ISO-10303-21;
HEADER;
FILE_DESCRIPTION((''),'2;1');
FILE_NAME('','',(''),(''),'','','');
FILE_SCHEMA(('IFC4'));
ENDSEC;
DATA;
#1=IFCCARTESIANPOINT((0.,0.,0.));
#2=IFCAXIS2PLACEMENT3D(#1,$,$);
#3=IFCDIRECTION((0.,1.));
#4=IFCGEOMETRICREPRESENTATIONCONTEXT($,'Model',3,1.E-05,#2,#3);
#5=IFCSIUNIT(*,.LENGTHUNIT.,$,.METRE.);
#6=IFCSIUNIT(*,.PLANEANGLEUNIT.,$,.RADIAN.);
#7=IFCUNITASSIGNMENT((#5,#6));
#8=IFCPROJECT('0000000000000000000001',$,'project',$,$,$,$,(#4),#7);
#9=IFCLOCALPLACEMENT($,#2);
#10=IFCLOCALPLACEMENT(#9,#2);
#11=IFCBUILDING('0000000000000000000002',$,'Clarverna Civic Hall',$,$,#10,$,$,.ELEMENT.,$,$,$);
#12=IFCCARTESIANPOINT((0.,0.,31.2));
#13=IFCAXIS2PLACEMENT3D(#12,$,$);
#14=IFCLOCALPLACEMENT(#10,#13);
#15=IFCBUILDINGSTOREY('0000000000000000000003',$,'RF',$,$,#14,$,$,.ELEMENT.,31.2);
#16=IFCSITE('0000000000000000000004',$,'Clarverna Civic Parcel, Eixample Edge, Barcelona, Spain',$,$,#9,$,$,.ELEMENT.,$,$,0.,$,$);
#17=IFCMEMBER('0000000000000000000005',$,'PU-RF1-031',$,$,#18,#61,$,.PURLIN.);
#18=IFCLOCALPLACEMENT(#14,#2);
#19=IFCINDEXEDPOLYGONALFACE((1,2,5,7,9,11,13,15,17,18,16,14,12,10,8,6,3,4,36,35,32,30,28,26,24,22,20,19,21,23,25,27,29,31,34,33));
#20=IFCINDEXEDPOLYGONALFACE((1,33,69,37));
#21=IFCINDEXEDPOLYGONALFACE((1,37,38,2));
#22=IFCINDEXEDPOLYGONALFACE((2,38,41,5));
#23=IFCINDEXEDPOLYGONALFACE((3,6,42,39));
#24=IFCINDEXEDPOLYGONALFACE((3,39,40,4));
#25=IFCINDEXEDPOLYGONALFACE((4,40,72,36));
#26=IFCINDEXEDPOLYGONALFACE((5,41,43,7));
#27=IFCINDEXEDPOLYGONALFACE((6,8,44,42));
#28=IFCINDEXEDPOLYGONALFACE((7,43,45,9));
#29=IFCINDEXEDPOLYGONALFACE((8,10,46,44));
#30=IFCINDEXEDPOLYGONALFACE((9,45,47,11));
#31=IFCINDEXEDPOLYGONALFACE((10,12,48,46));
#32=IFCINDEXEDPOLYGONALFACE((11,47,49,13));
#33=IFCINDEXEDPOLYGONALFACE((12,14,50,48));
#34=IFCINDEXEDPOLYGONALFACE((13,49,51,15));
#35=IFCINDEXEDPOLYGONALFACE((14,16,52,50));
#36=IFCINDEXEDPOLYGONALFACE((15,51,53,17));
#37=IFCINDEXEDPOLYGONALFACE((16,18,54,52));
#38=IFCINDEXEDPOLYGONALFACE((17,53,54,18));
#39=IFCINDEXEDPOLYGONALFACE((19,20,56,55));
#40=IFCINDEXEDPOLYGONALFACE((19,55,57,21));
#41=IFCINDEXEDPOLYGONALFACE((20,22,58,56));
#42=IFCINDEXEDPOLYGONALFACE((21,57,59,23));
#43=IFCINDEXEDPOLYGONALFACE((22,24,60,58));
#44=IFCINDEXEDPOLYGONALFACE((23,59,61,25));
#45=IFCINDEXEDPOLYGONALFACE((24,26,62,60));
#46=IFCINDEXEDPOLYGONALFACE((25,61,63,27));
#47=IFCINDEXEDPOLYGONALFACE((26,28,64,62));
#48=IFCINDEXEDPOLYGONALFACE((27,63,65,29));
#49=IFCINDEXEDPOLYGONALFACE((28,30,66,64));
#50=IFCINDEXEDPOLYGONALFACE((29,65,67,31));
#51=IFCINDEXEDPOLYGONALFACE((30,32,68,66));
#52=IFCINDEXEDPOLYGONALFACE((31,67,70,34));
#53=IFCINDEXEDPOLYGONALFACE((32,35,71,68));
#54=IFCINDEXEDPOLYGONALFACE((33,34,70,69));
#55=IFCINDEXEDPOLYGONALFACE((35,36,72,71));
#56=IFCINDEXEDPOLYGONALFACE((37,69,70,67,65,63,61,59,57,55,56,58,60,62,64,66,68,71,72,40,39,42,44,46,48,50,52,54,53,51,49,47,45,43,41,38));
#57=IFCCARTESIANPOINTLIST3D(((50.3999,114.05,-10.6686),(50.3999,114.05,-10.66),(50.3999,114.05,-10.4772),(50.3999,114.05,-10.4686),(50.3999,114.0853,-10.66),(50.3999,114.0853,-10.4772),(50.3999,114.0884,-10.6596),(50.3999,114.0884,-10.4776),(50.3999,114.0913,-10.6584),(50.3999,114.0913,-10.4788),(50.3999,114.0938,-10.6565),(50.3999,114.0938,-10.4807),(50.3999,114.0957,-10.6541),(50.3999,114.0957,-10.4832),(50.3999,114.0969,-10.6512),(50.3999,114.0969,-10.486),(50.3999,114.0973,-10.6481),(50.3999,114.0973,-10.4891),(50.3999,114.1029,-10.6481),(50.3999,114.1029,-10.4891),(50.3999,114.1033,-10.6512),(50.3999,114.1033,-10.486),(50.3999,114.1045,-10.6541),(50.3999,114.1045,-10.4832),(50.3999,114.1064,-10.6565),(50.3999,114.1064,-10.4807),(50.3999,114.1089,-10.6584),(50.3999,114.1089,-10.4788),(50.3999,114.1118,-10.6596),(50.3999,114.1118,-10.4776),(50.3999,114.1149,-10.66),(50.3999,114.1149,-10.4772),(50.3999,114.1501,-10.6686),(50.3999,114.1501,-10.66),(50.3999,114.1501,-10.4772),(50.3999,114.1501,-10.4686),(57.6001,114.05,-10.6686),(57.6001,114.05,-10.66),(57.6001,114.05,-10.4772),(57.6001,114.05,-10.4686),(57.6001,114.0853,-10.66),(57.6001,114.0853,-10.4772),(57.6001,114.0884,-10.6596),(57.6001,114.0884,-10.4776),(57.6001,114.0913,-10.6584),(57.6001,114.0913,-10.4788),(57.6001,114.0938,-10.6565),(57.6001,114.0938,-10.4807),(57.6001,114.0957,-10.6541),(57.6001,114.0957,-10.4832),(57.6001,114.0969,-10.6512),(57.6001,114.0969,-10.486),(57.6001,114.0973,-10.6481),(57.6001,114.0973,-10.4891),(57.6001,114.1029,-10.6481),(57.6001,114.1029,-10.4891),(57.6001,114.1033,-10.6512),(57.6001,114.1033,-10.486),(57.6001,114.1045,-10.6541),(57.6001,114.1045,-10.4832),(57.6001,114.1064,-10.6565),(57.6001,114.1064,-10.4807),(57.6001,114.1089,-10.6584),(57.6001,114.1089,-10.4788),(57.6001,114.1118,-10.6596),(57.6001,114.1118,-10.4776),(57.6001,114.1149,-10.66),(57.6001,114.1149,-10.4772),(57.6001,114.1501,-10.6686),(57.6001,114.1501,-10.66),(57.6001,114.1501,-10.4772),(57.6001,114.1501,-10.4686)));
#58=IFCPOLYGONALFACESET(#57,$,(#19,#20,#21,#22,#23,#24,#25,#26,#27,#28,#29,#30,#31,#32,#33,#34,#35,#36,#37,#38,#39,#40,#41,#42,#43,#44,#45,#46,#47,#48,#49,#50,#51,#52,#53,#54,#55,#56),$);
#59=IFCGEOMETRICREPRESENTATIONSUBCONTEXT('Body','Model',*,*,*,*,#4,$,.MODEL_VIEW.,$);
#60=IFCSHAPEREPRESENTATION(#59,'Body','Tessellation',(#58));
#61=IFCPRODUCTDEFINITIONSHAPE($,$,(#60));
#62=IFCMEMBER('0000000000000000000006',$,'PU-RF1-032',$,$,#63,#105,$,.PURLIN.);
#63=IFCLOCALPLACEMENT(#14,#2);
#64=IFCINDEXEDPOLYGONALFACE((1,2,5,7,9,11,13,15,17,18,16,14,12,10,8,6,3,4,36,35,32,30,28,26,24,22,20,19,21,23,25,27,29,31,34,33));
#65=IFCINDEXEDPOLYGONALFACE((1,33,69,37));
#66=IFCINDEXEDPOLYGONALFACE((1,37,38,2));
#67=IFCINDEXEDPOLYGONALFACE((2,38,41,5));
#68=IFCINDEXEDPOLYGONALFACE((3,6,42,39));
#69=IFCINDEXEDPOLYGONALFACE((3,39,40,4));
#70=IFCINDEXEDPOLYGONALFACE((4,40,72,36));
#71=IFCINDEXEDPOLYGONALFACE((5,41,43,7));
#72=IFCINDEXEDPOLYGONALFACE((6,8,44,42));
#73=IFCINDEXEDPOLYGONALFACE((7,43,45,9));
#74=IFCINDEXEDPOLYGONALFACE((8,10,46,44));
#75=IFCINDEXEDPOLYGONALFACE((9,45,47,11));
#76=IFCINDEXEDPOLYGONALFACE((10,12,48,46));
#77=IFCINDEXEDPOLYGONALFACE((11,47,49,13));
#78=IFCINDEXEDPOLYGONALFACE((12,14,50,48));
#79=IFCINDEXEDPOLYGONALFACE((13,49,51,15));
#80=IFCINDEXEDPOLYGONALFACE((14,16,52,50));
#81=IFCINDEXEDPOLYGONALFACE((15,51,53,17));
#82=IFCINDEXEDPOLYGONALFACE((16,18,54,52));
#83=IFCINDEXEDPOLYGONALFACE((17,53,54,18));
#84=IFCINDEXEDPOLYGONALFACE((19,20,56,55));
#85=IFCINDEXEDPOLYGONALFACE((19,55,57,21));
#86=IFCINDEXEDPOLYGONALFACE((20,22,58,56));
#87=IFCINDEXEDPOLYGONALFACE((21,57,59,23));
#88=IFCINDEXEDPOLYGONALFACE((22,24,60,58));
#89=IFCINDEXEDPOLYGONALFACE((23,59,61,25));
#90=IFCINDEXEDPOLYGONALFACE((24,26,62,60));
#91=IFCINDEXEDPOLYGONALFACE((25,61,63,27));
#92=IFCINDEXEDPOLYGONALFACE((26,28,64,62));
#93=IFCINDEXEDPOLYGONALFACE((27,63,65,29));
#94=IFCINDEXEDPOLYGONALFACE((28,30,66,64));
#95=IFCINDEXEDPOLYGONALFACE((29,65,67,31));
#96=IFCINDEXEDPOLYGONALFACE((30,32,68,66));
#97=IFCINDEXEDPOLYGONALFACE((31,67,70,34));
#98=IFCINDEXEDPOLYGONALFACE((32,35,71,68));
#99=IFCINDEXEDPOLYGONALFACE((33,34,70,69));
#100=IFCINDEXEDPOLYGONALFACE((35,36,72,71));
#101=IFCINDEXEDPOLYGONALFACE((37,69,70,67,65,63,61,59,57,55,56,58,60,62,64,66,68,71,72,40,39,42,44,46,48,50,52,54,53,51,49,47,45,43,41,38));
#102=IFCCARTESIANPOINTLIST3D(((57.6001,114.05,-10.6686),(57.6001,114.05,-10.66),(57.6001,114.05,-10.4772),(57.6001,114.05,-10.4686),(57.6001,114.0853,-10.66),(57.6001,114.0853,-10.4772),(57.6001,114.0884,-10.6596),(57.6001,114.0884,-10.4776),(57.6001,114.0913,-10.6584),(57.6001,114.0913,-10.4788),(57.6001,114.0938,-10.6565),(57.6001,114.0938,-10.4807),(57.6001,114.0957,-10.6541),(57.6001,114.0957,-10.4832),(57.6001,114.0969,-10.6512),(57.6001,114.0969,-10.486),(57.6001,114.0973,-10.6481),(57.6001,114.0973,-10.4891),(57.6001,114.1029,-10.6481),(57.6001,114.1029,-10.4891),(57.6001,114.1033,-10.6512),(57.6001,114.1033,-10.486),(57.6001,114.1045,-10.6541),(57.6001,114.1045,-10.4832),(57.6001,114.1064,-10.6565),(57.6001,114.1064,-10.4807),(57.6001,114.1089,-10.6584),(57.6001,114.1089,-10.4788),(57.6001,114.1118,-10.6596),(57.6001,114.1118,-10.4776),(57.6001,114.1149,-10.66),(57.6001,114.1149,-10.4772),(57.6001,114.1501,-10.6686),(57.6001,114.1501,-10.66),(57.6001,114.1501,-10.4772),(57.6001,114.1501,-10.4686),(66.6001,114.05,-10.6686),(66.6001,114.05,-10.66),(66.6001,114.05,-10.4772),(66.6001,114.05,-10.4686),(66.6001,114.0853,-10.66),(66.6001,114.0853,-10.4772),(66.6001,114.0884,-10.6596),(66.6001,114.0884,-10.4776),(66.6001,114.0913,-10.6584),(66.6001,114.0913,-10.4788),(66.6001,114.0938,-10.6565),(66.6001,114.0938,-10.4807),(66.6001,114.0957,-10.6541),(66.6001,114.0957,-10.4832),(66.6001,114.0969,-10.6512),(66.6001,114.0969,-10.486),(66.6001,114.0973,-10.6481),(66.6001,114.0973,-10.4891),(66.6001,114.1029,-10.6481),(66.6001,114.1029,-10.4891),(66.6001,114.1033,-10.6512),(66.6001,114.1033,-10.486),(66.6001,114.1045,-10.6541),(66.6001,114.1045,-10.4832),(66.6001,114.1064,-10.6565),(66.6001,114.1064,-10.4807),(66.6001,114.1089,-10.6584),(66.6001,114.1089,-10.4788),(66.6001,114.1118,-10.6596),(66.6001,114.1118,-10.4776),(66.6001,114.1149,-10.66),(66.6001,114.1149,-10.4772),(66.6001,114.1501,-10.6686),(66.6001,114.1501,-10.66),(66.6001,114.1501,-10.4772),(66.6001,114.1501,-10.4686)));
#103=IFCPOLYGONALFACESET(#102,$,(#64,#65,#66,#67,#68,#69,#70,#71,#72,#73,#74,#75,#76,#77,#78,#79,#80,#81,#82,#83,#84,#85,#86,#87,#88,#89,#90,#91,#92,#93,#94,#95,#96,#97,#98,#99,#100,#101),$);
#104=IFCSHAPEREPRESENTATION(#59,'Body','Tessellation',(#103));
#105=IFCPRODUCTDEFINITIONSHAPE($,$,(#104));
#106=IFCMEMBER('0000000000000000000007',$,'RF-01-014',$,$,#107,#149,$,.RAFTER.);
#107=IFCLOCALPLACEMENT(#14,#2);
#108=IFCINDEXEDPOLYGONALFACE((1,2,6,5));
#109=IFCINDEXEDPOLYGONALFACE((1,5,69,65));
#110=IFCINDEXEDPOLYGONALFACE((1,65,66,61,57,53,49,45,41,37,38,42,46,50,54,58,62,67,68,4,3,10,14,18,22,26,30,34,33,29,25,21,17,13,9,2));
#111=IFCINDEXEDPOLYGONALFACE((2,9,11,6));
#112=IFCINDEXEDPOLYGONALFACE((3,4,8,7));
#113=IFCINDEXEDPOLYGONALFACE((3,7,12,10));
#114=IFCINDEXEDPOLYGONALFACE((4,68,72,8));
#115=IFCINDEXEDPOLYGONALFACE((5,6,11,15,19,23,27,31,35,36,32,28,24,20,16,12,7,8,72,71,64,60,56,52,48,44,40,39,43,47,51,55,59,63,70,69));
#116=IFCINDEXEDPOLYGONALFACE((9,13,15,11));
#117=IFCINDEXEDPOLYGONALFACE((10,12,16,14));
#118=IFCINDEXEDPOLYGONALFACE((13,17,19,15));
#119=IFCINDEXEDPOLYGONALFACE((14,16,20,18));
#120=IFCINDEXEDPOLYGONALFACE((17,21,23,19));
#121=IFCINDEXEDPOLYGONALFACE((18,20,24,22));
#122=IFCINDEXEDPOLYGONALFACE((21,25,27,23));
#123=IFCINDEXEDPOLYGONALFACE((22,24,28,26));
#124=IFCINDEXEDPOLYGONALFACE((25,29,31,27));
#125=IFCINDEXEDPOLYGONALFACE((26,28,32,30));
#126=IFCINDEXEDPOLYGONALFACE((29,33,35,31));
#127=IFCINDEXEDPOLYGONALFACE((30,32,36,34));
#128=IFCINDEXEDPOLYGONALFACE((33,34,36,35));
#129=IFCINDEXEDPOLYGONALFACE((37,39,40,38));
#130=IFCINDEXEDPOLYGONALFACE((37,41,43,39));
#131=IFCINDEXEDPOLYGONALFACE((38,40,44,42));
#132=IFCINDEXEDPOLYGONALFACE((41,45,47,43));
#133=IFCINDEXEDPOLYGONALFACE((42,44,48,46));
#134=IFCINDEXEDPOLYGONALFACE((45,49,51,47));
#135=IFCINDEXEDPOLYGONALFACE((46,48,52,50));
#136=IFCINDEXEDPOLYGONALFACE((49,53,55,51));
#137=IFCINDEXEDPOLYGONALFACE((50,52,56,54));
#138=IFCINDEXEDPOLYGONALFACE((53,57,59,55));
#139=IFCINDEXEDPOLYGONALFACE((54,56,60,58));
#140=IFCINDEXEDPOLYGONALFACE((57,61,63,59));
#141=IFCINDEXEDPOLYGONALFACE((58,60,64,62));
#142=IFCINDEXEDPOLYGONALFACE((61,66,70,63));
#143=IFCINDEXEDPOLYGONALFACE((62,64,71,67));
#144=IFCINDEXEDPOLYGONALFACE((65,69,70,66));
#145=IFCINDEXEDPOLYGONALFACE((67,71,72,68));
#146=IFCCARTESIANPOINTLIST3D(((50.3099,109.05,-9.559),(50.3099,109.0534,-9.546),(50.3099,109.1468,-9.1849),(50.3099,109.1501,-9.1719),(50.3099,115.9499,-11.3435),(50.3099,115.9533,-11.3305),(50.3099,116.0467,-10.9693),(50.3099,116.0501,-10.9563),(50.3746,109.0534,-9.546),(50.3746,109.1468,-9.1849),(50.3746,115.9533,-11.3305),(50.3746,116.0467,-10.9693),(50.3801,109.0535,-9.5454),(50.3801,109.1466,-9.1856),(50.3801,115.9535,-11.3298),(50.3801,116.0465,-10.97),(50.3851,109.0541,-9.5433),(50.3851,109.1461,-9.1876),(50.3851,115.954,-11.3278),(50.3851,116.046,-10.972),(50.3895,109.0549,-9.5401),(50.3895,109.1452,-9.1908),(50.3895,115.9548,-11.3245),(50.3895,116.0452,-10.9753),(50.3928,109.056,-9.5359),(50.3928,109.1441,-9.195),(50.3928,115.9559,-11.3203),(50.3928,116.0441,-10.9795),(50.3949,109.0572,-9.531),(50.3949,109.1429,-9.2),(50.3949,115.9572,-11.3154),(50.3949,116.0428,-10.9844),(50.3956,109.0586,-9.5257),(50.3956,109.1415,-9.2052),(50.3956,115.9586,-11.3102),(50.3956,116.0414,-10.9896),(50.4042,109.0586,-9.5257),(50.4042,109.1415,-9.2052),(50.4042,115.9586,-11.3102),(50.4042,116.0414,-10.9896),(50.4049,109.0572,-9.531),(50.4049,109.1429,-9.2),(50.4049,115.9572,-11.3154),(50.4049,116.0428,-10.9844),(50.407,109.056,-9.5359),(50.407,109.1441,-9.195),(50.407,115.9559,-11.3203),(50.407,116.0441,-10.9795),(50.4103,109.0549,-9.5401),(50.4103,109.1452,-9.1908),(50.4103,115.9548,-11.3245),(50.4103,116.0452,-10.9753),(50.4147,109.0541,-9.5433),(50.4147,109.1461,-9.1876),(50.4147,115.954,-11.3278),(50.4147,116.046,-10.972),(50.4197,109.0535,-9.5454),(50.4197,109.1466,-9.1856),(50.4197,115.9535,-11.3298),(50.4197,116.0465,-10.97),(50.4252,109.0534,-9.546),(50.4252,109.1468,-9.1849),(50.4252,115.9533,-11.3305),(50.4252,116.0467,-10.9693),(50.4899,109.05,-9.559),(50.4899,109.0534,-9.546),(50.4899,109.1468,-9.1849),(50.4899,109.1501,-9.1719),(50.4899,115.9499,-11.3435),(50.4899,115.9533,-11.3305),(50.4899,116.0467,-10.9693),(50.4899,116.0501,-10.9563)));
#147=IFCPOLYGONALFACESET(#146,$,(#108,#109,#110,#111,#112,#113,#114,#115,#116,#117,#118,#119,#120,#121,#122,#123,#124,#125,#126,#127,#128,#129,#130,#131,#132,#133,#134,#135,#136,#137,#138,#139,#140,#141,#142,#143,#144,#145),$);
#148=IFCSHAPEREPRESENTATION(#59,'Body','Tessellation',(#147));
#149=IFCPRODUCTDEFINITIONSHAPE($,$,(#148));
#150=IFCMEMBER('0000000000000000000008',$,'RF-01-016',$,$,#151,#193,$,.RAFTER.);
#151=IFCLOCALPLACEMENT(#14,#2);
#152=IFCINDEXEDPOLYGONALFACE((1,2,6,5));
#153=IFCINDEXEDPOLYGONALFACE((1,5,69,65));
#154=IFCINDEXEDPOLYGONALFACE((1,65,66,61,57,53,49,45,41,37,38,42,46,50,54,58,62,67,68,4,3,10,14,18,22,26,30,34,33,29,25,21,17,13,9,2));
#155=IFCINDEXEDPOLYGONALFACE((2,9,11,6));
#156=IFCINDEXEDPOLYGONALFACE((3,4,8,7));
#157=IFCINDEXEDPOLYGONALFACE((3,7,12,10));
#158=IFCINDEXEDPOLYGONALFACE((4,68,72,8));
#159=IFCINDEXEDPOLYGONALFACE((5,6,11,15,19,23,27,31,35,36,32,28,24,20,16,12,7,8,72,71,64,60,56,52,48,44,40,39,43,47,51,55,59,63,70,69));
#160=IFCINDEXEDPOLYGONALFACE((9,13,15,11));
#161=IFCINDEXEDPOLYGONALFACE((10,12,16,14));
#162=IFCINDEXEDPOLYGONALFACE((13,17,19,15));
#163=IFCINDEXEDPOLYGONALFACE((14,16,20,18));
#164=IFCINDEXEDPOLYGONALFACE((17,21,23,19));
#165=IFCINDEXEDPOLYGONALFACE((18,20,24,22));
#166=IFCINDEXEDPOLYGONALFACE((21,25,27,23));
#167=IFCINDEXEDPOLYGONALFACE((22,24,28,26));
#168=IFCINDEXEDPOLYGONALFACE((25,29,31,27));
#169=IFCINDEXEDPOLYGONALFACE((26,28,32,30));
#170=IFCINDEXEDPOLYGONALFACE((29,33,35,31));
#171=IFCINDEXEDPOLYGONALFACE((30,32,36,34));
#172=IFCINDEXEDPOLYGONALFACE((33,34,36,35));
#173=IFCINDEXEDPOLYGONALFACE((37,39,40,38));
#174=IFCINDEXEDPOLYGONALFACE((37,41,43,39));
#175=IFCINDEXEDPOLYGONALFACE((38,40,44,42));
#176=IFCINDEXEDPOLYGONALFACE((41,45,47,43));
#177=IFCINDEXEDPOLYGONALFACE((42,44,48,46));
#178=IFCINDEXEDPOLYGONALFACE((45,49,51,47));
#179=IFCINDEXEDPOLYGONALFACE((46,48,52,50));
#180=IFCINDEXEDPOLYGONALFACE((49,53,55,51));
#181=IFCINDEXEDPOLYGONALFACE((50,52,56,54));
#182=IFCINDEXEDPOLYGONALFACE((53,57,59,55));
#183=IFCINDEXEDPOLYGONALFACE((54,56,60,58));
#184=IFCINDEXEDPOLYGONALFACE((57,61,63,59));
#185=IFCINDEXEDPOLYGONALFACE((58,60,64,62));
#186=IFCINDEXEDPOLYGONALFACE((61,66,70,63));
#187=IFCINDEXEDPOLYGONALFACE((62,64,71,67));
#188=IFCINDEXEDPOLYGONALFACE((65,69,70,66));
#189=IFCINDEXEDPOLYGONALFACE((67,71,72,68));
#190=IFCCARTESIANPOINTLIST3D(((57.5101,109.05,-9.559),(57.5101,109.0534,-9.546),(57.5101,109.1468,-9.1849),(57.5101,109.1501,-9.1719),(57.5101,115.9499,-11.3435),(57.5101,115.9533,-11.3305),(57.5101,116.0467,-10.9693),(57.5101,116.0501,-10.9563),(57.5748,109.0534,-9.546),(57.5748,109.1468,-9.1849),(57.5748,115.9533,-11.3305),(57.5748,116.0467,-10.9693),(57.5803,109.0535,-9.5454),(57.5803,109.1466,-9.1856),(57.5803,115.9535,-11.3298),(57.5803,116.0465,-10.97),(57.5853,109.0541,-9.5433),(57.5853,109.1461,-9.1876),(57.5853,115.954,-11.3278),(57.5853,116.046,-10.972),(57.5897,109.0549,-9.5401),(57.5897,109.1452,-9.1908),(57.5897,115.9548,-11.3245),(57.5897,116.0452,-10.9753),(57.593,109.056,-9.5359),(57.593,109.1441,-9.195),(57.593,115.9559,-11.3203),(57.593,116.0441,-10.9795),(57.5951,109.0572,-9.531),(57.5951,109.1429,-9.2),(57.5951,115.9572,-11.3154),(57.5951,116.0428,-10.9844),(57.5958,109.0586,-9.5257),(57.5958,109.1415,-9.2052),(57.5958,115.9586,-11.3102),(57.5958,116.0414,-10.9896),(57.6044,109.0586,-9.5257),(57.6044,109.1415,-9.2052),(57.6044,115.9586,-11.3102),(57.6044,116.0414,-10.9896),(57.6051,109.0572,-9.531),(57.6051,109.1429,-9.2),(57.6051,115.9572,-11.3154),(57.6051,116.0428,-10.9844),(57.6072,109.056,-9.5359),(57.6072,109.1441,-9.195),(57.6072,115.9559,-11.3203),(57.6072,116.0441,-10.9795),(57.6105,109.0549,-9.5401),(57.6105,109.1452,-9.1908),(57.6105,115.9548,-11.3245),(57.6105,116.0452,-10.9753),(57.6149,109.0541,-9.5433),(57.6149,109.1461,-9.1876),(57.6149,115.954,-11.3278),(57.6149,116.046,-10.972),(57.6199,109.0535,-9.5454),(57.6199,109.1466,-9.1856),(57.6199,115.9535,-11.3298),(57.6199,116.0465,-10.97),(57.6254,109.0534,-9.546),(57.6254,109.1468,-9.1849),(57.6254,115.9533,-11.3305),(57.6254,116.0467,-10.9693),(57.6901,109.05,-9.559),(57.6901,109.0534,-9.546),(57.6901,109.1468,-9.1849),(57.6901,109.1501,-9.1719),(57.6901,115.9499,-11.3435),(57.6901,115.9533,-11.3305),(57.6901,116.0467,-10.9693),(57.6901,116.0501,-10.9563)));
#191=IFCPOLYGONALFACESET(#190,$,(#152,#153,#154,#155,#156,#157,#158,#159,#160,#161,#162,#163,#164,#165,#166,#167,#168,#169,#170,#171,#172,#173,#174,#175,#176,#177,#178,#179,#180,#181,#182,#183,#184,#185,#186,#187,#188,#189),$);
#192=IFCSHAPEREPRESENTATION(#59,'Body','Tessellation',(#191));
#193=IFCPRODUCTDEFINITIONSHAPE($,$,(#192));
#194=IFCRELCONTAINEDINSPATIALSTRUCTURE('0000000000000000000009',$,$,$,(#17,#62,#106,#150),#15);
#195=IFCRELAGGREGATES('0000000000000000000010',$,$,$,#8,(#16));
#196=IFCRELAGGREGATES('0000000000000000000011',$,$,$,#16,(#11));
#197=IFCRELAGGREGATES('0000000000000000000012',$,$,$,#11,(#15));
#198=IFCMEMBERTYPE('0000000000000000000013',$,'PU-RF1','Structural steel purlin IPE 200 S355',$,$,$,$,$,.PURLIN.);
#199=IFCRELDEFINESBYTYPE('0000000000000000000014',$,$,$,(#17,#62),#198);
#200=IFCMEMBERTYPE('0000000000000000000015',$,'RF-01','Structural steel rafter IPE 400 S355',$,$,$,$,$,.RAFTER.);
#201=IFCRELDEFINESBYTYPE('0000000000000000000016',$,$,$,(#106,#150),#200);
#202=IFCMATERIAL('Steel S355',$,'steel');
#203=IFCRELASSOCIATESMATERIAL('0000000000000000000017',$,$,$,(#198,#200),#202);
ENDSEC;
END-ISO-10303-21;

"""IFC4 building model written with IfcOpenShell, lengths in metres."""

from ifc_helpers import new_model, si_unit, direction, frame, origin, origin_2d, place, context, subcontext, project, spatial, i_section, extrude, material, material_profile, profile_set, type_object, element, save


model = new_model("IFC4")

# Units and contexts
model_context = context("Model", 3, precision=1e-05, world=origin(), true_north=direction((0.0, 1.0)))
body_context = subcontext(model_context, "Body", "Model", "MODEL_VIEW")
ifc_project = project(units=[si_unit("LENGTHUNIT", "METRE"), si_unit("PLANEANGLEUNIT", "RADIAN")], contexts=[model_context])

# Site, building, storey
site_placement = place(None, origin())
site = spatial("IfcSite", under=ifc_project, at=site_placement, Name="Clarverna Civic Parcel, Eixample Edge, Barcelona, Spain", CompositionType="ELEMENT", RefElevation=0.0)
building_placement = place(site_placement, origin())
building = spatial("IfcBuilding", under=site, at=building_placement, Name="Clarverna Civic Hall", CompositionType="ELEMENT")
storey_placement = place(building_placement, frame((0.0, 0.0, 31.2)))
storey = spatial("IfcBuildingStorey", under=building, at=storey_placement, Name="RF", CompositionType="ELEMENT", Elevation=31.2)

# Members
ifc_material_1 = material(Name="Steel S355", Category="steel")
ifc_material_profile_1 = material_profile(ifc_material_1, i_section(OverallWidth=0.1001, OverallDepth=0.2, WebThickness=0.0056, FlangeThickness=0.0085, FilletRadius=0.012, at=origin_2d()), Name="IPE 200")
ifc_profile_set_1 = profile_set([ifc_material_profile_1], Name="Steel S355")
member_type_1 = type_object("IfcMemberType", Name="PU-RF1", Description="Structural steel purlin IPE 200 S355", PredefinedType="PURLIN", material=ifc_profile_set_1)
member_1_placement = place(storey_placement, frame((50.3999, 114.1001, -10.5686), z_axis=(1.0, 0.0, 0.0), x_axis=(0.0, 1.0, 0.0)))
element("IfcMember", 1, at=member_1_placement, inside=storey, type_object=member_type_1, Name="PU-RF1-031", PredefinedType="PURLIN", context=body_context, shape_type="SweptSolid", body=[
    extrude(i_section(OverallWidth=0.1001, OverallDepth=0.2, WebThickness=0.0056, FlangeThickness=0.0085, FilletRadius=0.012, at=origin_2d()), origin(), (0.0, 0.0, 1.0), 7.2002),
])
member_2_placement = place(storey_placement, frame((57.6001, 114.1001, -10.5686), z_axis=(1.0, 0.0, 0.0), x_axis=(0.0, 1.0, 0.0)))
element("IfcMember", 2, at=member_2_placement, inside=storey, type_object=member_type_1, Name="PU-RF1-032", PredefinedType="PURLIN", context=body_context, shape_type="SweptSolid", body=[
    extrude(i_section(OverallWidth=0.1001, OverallDepth=0.2, WebThickness=0.0056, FlangeThickness=0.0085, FilletRadius=0.012, at=origin_2d()), origin(), (0.0, 0.0, 1.0), 9.0),
])
ifc_material_profile_2 = material_profile(ifc_material_1, i_section(OverallWidth=0.1799, OverallDepth=0.3999, WebThickness=0.0085, FlangeThickness=0.0134, FilletRadius=0.021, at=origin_2d()), Name="IPE 400")
ifc_profile_set_2 = profile_set([ifc_material_profile_2], Name="Steel S355")
member_type_2 = type_object("IfcMemberType", Name="RF-01", Description="Structural steel rafter IPE 400 S355", PredefinedType="RAFTER", material=ifc_profile_set_2)
for number, where, z_axis, x_axis, name in (
    (3, (50.3999, 116.0, -11.1499), (0.0, -0.968148, 0.250378), (1.0, 0.0, 0.0), "RF-01-014"),
    (4, (57.6001, 116.0, -11.1499), (0.0, -0.968148, 0.250378), (1.0, 0.0, 0.0), "RF-01-016"),
):
    element("IfcMember", number, at=place(storey_placement, frame(where, z_axis=z_axis, x_axis=x_axis)), inside=storey, type_object=member_type_2, Name=name, PredefinedType="RAFTER", context=body_context, shape_type="SweptSolid", body=[
        extrude(i_section(OverallWidth=0.1799, OverallDepth=0.3999, WebThickness=0.0085, FlangeThickness=0.0134, FilletRadius=0.021, at=origin_2d()), origin(), (0.0, 0.0, 1.0), 7.127),
    ])

save(model, "model.ifc")
